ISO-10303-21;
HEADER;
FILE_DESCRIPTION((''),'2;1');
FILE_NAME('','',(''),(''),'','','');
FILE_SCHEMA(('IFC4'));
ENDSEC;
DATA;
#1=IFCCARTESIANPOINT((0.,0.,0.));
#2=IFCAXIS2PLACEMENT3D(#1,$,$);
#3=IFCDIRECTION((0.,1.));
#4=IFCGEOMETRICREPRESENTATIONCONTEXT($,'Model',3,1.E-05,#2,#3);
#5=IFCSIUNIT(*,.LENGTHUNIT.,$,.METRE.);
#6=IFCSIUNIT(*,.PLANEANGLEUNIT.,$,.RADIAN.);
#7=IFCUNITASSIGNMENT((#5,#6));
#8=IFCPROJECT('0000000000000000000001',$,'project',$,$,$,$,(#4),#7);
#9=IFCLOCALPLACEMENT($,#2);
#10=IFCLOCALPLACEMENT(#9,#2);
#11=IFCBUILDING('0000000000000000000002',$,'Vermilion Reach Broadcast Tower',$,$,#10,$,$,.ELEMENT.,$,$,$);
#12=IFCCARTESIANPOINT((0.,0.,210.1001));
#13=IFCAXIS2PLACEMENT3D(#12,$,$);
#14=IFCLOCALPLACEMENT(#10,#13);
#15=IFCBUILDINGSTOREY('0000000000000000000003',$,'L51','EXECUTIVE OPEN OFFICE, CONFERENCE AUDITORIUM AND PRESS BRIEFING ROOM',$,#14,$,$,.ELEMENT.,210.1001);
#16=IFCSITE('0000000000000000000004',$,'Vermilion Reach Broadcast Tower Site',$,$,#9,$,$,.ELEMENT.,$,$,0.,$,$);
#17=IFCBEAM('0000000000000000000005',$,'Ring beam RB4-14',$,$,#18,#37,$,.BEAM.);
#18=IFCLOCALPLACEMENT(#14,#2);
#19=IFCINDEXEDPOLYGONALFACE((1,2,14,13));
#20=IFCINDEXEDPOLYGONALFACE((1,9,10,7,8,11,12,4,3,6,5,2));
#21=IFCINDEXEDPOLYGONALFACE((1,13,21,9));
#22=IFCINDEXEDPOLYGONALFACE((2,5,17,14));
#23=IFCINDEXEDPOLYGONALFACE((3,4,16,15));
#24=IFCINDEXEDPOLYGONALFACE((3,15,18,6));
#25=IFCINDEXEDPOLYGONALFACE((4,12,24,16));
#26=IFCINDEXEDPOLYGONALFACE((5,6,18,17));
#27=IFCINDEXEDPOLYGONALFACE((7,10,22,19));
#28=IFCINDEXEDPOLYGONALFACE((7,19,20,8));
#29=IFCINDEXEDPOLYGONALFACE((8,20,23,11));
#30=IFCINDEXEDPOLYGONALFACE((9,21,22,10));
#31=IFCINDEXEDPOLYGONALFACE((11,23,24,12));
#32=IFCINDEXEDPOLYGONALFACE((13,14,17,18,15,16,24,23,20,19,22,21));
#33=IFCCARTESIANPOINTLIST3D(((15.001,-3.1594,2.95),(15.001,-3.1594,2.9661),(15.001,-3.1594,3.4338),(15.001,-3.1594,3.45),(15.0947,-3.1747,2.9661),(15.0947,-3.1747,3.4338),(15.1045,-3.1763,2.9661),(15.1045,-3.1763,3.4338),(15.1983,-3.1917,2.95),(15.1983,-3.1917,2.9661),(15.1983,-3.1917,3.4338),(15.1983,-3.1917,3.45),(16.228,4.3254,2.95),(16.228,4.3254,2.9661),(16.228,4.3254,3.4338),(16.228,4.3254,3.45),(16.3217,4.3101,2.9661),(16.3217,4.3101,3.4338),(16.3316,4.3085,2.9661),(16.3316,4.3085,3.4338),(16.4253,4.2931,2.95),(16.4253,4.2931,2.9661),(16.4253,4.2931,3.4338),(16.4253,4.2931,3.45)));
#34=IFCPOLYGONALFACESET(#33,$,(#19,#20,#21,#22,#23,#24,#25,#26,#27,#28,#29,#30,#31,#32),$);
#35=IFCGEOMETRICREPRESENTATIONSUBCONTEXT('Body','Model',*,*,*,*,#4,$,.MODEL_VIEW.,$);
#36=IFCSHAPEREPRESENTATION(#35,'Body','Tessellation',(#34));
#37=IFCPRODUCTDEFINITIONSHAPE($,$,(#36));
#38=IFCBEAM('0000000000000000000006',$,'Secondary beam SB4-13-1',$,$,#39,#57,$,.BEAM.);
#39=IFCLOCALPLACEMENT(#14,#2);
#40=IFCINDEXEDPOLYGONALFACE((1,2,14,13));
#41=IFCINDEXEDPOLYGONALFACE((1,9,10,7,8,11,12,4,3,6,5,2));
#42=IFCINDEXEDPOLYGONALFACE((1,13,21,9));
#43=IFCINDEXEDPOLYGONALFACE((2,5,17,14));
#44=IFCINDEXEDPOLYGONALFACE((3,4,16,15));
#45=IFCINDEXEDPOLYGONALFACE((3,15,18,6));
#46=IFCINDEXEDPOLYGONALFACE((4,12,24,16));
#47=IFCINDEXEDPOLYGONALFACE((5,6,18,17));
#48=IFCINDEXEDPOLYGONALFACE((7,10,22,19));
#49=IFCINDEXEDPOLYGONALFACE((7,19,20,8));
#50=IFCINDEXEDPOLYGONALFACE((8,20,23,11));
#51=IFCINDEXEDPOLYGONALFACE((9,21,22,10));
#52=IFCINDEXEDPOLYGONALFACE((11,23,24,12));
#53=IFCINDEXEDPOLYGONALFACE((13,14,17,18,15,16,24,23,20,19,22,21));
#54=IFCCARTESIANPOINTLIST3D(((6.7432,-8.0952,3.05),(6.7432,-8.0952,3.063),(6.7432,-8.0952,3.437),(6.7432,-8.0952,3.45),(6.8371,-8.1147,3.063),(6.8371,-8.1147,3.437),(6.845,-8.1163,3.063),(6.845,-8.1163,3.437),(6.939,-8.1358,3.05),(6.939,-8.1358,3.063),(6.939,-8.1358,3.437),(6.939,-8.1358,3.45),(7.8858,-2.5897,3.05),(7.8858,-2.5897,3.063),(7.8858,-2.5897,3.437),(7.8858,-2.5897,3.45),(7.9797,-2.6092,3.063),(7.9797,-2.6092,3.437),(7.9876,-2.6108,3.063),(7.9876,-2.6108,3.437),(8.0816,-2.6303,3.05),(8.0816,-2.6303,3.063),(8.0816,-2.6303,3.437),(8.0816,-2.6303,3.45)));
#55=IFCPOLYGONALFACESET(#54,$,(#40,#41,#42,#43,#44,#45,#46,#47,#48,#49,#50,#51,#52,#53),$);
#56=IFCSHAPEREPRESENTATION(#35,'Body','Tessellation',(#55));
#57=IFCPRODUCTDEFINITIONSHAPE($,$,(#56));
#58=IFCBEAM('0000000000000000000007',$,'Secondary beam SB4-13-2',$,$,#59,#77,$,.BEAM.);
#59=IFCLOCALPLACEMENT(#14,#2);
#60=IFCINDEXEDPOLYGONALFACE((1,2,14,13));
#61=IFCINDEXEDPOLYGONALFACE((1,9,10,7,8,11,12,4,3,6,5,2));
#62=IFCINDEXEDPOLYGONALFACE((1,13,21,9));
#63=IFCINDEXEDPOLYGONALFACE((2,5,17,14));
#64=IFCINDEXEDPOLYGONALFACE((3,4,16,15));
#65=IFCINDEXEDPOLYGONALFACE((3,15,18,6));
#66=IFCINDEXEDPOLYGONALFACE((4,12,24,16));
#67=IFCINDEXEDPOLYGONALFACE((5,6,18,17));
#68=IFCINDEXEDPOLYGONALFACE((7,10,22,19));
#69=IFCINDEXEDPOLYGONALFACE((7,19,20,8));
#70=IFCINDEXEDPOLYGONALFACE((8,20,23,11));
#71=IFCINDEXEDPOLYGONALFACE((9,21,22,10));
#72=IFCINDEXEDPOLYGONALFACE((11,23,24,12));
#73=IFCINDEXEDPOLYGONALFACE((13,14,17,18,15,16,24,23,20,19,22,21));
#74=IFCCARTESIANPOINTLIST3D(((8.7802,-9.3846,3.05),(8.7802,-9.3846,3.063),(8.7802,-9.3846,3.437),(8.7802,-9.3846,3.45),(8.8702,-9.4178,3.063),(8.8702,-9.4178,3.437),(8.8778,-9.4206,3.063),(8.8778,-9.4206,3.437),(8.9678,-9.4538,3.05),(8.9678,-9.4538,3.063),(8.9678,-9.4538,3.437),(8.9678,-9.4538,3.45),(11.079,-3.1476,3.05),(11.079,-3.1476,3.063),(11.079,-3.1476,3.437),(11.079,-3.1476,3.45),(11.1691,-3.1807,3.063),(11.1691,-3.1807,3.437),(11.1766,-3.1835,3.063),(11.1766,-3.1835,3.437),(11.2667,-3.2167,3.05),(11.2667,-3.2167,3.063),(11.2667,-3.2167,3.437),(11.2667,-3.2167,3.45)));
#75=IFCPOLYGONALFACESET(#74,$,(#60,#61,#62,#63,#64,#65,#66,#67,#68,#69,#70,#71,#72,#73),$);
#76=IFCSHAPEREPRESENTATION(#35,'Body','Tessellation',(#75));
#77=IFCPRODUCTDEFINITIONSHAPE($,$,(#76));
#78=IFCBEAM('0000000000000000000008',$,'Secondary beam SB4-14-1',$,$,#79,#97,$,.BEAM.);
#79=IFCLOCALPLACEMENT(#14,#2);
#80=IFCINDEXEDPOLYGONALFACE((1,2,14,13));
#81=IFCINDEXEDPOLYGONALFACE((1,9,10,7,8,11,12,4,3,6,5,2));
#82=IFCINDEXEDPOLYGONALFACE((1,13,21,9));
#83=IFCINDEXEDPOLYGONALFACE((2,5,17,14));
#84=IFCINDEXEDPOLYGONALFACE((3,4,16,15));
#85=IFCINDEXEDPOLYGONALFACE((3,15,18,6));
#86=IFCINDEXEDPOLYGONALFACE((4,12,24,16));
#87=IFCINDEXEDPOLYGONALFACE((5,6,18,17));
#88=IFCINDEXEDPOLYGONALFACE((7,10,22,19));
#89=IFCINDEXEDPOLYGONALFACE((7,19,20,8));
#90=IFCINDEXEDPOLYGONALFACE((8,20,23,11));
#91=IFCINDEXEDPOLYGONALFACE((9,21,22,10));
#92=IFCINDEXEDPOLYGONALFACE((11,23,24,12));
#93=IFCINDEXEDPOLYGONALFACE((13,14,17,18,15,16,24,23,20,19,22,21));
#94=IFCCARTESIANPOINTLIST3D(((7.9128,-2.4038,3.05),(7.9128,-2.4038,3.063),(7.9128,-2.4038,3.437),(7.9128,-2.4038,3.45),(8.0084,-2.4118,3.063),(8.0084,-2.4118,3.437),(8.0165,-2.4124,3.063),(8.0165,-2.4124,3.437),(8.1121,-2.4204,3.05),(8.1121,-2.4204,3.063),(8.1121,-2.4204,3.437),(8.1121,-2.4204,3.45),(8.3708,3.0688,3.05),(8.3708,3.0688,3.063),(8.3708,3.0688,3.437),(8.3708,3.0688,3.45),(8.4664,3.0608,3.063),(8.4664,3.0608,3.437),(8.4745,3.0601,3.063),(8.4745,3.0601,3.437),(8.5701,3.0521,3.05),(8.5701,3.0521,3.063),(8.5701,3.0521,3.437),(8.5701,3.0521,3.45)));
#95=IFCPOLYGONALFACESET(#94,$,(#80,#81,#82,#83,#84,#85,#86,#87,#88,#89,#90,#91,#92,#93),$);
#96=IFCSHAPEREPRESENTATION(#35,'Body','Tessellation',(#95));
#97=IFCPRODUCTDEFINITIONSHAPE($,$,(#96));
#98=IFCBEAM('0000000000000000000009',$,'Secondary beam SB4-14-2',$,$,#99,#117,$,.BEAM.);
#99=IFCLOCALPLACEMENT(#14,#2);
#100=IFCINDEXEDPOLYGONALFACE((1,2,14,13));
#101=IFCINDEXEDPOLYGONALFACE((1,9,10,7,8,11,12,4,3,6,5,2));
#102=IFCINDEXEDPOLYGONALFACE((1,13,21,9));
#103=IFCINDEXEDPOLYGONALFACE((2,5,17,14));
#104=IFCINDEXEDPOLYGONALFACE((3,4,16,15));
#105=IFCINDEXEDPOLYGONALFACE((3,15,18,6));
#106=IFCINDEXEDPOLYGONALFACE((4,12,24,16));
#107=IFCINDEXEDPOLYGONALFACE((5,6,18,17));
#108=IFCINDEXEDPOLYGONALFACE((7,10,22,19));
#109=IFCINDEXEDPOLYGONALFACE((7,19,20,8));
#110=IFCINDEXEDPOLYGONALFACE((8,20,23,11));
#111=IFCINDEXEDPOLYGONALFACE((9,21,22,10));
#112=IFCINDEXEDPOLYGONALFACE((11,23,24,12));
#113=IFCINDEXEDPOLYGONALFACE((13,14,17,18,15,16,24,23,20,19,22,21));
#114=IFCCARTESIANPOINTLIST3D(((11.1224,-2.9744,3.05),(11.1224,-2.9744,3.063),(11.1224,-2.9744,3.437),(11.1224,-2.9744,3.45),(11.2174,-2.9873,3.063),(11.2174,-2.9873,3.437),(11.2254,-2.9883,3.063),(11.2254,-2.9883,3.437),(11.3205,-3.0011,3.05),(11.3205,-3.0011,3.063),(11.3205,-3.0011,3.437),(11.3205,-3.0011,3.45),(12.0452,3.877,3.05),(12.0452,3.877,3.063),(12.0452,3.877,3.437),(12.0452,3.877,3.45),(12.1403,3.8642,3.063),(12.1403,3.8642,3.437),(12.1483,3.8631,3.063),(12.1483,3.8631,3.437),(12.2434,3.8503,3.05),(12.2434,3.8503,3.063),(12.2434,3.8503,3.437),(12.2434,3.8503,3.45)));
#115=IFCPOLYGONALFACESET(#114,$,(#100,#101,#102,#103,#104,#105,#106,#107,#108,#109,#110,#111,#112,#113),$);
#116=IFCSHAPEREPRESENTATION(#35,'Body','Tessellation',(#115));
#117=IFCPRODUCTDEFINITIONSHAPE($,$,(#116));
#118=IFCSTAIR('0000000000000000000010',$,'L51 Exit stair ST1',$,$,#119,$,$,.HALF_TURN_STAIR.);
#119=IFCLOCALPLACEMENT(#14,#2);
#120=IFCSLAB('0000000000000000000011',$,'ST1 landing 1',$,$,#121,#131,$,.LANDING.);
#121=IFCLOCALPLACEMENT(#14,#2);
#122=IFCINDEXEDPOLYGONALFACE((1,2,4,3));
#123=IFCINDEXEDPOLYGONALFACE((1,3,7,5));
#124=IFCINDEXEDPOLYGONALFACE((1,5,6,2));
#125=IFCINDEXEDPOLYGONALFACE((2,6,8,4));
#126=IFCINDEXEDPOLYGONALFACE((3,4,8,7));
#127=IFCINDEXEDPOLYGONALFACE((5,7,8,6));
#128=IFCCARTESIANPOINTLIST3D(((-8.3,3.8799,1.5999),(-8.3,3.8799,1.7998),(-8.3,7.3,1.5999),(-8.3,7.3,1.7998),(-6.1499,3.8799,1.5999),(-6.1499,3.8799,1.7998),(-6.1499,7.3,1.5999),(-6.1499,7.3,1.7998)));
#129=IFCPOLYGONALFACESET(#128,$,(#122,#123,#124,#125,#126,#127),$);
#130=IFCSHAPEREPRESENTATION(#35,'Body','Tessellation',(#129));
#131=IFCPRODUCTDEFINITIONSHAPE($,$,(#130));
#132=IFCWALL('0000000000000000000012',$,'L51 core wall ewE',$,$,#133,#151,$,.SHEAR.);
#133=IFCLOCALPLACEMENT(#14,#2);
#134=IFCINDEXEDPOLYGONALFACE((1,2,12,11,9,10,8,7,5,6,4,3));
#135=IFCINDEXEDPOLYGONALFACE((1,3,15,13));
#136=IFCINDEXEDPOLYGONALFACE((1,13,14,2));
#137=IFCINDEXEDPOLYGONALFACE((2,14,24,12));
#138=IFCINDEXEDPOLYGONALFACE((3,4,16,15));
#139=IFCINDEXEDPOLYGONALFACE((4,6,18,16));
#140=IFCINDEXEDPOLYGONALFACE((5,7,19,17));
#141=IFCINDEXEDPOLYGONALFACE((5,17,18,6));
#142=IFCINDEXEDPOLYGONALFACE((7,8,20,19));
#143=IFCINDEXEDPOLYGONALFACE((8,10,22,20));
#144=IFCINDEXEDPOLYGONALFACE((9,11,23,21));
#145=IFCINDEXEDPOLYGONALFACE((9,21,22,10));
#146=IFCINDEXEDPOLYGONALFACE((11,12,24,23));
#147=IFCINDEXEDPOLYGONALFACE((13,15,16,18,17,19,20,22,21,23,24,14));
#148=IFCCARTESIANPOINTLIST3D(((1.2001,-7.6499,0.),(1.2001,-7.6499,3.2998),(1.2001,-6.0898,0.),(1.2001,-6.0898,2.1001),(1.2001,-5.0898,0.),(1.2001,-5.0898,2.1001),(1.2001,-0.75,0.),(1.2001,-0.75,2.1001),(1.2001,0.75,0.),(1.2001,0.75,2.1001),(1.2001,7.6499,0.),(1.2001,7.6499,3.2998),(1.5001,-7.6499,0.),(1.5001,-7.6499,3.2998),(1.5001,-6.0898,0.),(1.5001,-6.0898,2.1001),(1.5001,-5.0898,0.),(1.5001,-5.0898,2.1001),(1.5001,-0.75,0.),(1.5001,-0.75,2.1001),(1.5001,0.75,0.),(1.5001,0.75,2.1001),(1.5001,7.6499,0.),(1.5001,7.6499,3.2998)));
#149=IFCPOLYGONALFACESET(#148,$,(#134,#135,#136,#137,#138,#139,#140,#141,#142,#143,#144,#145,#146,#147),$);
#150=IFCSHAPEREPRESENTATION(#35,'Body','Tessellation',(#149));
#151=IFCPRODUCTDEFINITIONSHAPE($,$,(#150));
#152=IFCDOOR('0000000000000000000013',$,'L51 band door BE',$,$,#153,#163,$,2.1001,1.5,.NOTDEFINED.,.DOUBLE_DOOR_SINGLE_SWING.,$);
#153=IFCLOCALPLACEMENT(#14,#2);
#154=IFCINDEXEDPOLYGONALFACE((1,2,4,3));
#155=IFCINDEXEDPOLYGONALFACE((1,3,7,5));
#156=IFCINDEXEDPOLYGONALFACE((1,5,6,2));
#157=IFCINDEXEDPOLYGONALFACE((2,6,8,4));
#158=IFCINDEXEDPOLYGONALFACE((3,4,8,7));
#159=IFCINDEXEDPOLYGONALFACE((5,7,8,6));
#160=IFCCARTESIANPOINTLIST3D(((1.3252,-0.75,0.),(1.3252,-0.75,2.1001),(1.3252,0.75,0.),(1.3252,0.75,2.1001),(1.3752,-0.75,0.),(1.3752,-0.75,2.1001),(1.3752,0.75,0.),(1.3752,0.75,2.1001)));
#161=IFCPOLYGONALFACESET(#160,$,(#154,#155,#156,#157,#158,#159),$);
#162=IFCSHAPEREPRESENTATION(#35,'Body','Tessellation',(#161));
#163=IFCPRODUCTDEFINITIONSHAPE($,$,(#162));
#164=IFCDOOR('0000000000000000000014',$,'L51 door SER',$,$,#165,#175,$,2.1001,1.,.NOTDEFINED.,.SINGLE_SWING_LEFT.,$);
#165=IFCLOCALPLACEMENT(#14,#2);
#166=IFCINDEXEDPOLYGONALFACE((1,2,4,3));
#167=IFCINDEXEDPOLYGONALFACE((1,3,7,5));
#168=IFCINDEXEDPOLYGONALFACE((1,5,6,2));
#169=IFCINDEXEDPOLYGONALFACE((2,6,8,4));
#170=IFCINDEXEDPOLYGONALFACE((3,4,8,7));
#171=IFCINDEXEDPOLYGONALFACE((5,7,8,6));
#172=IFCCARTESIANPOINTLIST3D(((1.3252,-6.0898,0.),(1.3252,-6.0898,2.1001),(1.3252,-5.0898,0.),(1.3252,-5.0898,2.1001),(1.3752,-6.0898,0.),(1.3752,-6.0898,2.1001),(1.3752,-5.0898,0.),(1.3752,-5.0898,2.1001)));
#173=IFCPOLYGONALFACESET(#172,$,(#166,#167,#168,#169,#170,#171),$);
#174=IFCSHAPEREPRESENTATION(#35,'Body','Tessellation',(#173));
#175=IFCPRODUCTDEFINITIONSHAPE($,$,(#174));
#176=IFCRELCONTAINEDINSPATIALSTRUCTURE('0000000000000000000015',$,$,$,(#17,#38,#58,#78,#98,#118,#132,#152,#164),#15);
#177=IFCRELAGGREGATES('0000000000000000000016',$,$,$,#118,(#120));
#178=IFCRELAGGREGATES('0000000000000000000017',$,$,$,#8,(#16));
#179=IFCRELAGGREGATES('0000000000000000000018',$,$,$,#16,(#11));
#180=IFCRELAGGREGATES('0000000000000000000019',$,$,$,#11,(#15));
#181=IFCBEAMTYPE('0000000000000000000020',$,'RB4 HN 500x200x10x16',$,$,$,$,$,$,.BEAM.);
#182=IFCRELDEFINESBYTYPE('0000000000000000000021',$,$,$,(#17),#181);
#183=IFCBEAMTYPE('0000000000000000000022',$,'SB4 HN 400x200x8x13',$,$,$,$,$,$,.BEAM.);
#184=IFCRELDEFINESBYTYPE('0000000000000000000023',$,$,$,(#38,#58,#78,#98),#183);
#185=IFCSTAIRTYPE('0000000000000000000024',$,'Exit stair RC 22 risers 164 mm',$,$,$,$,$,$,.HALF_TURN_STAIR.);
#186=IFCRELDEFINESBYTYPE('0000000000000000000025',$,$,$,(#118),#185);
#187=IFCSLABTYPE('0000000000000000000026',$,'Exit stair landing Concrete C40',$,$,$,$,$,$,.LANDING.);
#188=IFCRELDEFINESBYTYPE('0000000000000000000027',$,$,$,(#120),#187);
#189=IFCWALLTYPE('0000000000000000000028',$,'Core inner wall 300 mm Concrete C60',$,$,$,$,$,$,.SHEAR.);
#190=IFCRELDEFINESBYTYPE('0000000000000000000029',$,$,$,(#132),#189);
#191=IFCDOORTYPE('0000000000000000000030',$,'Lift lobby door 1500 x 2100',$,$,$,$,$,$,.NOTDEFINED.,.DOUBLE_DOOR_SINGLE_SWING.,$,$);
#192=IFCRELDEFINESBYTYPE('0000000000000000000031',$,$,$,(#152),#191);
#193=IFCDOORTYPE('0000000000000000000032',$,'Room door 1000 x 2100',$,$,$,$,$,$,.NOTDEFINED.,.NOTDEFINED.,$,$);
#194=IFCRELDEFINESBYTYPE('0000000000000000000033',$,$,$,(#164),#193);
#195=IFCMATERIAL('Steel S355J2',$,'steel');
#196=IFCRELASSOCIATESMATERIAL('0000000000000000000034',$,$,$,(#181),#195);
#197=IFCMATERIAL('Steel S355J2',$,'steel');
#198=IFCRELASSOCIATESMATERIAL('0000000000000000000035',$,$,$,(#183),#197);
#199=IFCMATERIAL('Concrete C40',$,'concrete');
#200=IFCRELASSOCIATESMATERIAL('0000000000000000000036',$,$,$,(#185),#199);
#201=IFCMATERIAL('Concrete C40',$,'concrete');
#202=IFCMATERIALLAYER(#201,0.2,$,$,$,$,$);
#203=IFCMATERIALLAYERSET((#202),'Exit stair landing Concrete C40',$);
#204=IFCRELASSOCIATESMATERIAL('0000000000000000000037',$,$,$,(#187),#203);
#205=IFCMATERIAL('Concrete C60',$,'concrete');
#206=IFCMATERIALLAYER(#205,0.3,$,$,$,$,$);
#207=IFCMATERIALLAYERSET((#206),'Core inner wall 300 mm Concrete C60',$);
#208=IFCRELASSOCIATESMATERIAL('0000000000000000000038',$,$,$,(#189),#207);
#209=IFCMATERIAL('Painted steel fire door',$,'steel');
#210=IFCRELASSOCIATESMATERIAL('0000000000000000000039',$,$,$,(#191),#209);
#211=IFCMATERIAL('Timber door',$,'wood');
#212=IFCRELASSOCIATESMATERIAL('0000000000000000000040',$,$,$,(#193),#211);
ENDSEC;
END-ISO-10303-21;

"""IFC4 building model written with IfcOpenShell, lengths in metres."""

from ifc_helpers import new_model, si_unit, direction, frame, frame_2d, origin, origin_2d, place, context, subcontext, project, spatial, polyline, rectangle, i_section, outline, extrude, material, layer, layer_set, material_profile, profile_set, type_object, element, fill, aggregate, save


model = new_model("IFC4")

# Units and contexts
model_context = context("Model", 3, precision=1e-05, world=origin(), true_north=direction((0.0, 1.0)))
body_context = subcontext(model_context, "Body", "Model", "MODEL_VIEW")
ifc_project = project(units=[si_unit("LENGTHUNIT", "METRE"), si_unit("PLANEANGLEUNIT", "RADIAN")], contexts=[model_context])

# Site, building, storey
site_placement = place(None, origin())
site = spatial("IfcSite", under=ifc_project, at=site_placement, Name="Vermilion Reach Broadcast Tower Site", CompositionType="ELEMENT", RefElevation=0.0)
building_placement = place(site_placement, origin())
building = spatial("IfcBuilding", under=site, at=building_placement, Name="Vermilion Reach Broadcast Tower", CompositionType="ELEMENT")
storey_placement = place(building_placement, frame((0.0, 0.0, 210.1001)))
storey = spatial("IfcBuildingStorey", under=building, at=storey_placement, Name="L51", Description="EXECUTIVE OPEN OFFICE, CONFERENCE AUDITORIUM AND PRESS BRIEFING ROOM", CompositionType="ELEMENT", Elevation=210.1001)

# Beams
ifc_material_1 = material(Name="Steel S355J2", Category="steel")
ifc_material_profile_1 = material_profile(ifc_material_1, i_section(OverallWidth=0.2, OverallDepth=0.5, WebThickness=0.01, FlangeThickness=0.0161, at=origin_2d()), Name="S355J2 HN 500x200x10x16")
ifc_profile_set_1 = profile_set([ifc_material_profile_1], Name="Steel S355J2")
beam_type_1 = type_object("IfcBeamType", Name="RB4 HN 500x200x10x16", PredefinedType="BEAM", material=ifc_profile_set_1)
beam_1_placement = place(storey_placement, frame((15.0996, -3.1755, 3.2), z_axis=(0.161778, 0.986827, 0.0), x_axis=(-0.986827, 0.161778, 0.0)))
element("IfcBeam", 1, at=beam_1_placement, inside=storey, type_object=beam_type_1, Name="Ring beam RB4-14", PredefinedType="BEAM", context=body_context, shape_type="SweptSolid", body=[
    extrude(i_section(OverallWidth=0.2, OverallDepth=0.5, WebThickness=0.01, FlangeThickness=0.0161, at=origin_2d()), origin(), (0.0, 0.0, 1.0), 7.5847),
])
ifc_material_2 = material(Name="Steel S355J2", Category="steel")
ifc_material_profile_2 = material_profile(ifc_material_2, i_section(OverallWidth=0.2, OverallDepth=0.3999, WebThickness=0.0081, FlangeThickness=0.0129, at=origin_2d()), Name="S355J2 HN 400x200x8x13")
ifc_profile_set_2 = profile_set([ifc_material_profile_2], Name="Steel S355J2")
beam_type_2 = type_object("IfcBeamType", Name="SB4 HN 400x200x8x13", PredefinedType="BEAM", material=ifc_profile_set_2)
beam_2_placement = place(storey_placement, frame((6.8411, -8.1155, 3.25), z_axis=(0.203209, 0.979135, 0.0), x_axis=(-0.979135, 0.203209, 0.0)))
element("IfcBeam", 2, at=beam_2_placement, inside=storey, type_object=beam_type_2, Name="Secondary beam SB4-13-1", PredefinedType="BEAM", context=body_context, shape_type="SweptSolid", body=[
    extrude(i_section(OverallWidth=0.2, OverallDepth=0.3999, WebThickness=0.0081, FlangeThickness=0.0129, at=origin_2d()), origin(), (0.0, 0.0, 1.0), 5.6228),
])
beam_3_placement = place(storey_placement, frame((8.874, -9.4192, 3.25), z_axis=(0.345833, 0.938296, 0.0), x_axis=(-0.938296, 0.345833, 0.0)))
element("IfcBeam", 3, at=beam_3_placement, inside=storey, type_object=beam_type_2, Name="Secondary beam SB4-13-2", PredefinedType="BEAM", context=body_context, shape_type="SweptSolid", body=[
    extrude(i_section(OverallWidth=0.2, OverallDepth=0.3999, WebThickness=0.0081, FlangeThickness=0.0129, at=origin_2d()), origin(), (0.0, 0.0, 1.0), 6.6472),
])
beam_4_placement = place(storey_placement, frame((8.0125, -2.4121, 3.25), z_axis=(0.083399, 0.996516, 0.0), x_axis=(-0.996516, 0.083399, 0.0)))
element("IfcBeam", 4, at=beam_4_placement, inside=storey, type_object=beam_type_2, Name="Secondary beam SB4-14-1", PredefinedType="BEAM", context=body_context, shape_type="SweptSolid", body=[
    extrude(i_section(OverallWidth=0.2, OverallDepth=0.3999, WebThickness=0.0081, FlangeThickness=0.0129, at=origin_2d()), origin(), (0.0, 0.0, 1.0), 5.4917),
])
beam_5_placement = place(storey_placement, frame((11.2214, -2.9878, 3.25), z_axis=(0.133487, 0.991051, 0.0), x_axis=(-0.991051, 0.133487, 0.0)))
element("IfcBeam", 5, at=beam_5_placement, inside=storey, type_object=beam_type_2, Name="Secondary beam SB4-14-2", PredefinedType="BEAM", context=body_context, shape_type="SweptSolid", body=[
    extrude(i_section(OverallWidth=0.2, OverallDepth=0.3999, WebThickness=0.0081, FlangeThickness=0.0129, at=origin_2d()), origin(), (0.0, 0.0, 1.0), 6.9133),
])

# Stair, slab
ifc_material_3 = material(Name="Concrete C40", Category="concrete")
stair_type = type_object("IfcStairType", Name="Exit stair RC 22 risers 164 mm", PredefinedType="HALF_TURN_STAIR", material=ifc_material_3)
stair_placement = place(storey_placement, origin())
stair = element("IfcStair", 6, at=stair_placement, inside=storey, type_object=stair_type, Name="L51 Exit stair ST1", PredefinedType="HALF_TURN_STAIR")
ifc_material_4 = material(Name="Concrete C40", Category="concrete")
ifc_layer_1 = layer(ifc_material_4, 0.2)
ifc_layer_set_1 = layer_set([ifc_layer_1], Name="Exit stair landing Concrete C40")
slab_type = type_object("IfcSlabType", Name="Exit stair landing Concrete C40", PredefinedType="LANDING", material=ifc_layer_set_1)
slab_placement = place(storey_placement, frame((0.0, 0.0, 1.5999)))
slab = element("IfcSlab", 7, at=slab_placement, type_object=slab_type, Name="ST1 landing 1", PredefinedType="LANDING", context=body_context, shape_type="SweptSolid", body=[
    extrude(outline(polyline([(-8.3, 3.8799), (-6.1499, 3.8799), (-6.1499, 7.3), (-8.3, 7.3), (-8.3, 3.8799)])), origin(), (0.0, 0.0, 1.0), 0.2),
])
aggregate(stair, [slab])

# Wall, openings, doors
ifc_material_5 = material(Name="Concrete C60", Category="concrete")
ifc_layer_2 = layer(ifc_material_5, 0.3)
ifc_layer_set_2 = layer_set([ifc_layer_2], Name="Core inner wall 300 mm Concrete C60")
wall_type_1 = type_object("IfcWallType", Name="Core inner wall 300 mm Concrete C60", PredefinedType="SHEAR", material=ifc_layer_set_2)
wall_1_placement = place(storey_placement, frame((1.3501, -7.6499, 0.0), z_axis=(0.0, 0.0, 1.0), x_axis=(0.0, 1.0, 0.0)))
wall_1 = element("IfcWall", 8, at=wall_1_placement, inside=storey, type_object=wall_type_1, Name="L51 core wall ewE", PredefinedType="SHEAR", context=body_context, shape_type="SweptSolid", body=[
    extrude(rectangle(XDim=15.2998, YDim=0.3, at=frame_2d((7.6499, 0.0))), origin(), (0.0, 0.0, 1.0), 3.2998),
])
opening_1_placement = place(wall_1_placement, frame((1.5601, 0.0, 0.0)))
opening_1 = element("IfcOpeningElement", 9, at=opening_1_placement, cuts=wall_1, PredefinedType="OPENING", context=body_context, shape_type="SweptSolid", body=[
    extrude(rectangle(XDim=1.0, YDim=2.1001, at=frame_2d((0.5, 1.05))), frame((0.0, 0.1599, 0.0), z_axis=(0.0, -1.0, 0.0), x_axis=(1.0, 0.0, 0.0)), (0.0, 0.0, 1.0), 0.3201),
])
opening_2_placement = place(wall_1_placement, frame((6.8999, 0.0, 0.0)))
opening_2 = element("IfcOpeningElement", 10, at=opening_2_placement, cuts=wall_1, PredefinedType="OPENING", context=body_context, shape_type="SweptSolid", body=[
    extrude(rectangle(XDim=1.5, YDim=2.1001, at=frame_2d((0.75, 1.05))), frame((0.0, 0.1599, 0.0), z_axis=(0.0, -1.0, 0.0), x_axis=(1.0, 0.0, 0.0)), (0.0, 0.0, 1.0), 0.3201),
])
ifc_material_6 = material(Name="Painted steel fire door", Category="steel")
door_type_1 = type_object("IfcDoorType", Name="Lift lobby door 1500 x 2100", OperationType="DOUBLE_DOOR_SINGLE_SWING", PredefinedType="NOTDEFINED", material=ifc_material_6)
door_1_placement = place(opening_2_placement, origin())
door_1 = element("IfcDoor", 11, at=door_1_placement, inside=storey, type_object=door_type_1, Name="L51 band door BE", OperationType="DOUBLE_DOOR_SINGLE_SWING", OverallHeight=2.1001, OverallWidth=1.5, PredefinedType="NOTDEFINED", context=body_context, shape_type="SweptSolid", body=[
    extrude(rectangle(XDim=1.5, YDim=2.1001, at=frame_2d((0.75, 1.05))), frame((0.0, 0.0249, 0.0), z_axis=(0.0, -1.0, 0.0), x_axis=(1.0, 0.0, 0.0)), (0.0, 0.0, 1.0), 0.05),
])
fill(opening_2, door_1)
ifc_material_7 = material(Name="Timber door", Category="wood")
door_type_2 = type_object("IfcDoorType", Name="Room door 1000 x 2100", OperationType="NOTDEFINED", PredefinedType="NOTDEFINED", material=ifc_material_7)
door_2_placement = place(opening_1_placement, origin())
door_2 = element("IfcDoor", 12, at=door_2_placement, inside=storey, type_object=door_type_2, Name="L51 door SER", OperationType="SINGLE_SWING_LEFT", OverallHeight=2.1001, OverallWidth=1.0, PredefinedType="NOTDEFINED", context=body_context, shape_type="SweptSolid", body=[
    extrude(rectangle(XDim=1.0, YDim=2.1001, at=frame_2d((0.5, 1.05))), frame((0.0, 0.0249, 0.0), z_axis=(0.0, -1.0, 0.0), x_axis=(1.0, 0.0, 0.0)), (0.0, 0.0, 1.0), 0.05),
])
fill(opening_1, door_2)

save(model, "model.ifc")
